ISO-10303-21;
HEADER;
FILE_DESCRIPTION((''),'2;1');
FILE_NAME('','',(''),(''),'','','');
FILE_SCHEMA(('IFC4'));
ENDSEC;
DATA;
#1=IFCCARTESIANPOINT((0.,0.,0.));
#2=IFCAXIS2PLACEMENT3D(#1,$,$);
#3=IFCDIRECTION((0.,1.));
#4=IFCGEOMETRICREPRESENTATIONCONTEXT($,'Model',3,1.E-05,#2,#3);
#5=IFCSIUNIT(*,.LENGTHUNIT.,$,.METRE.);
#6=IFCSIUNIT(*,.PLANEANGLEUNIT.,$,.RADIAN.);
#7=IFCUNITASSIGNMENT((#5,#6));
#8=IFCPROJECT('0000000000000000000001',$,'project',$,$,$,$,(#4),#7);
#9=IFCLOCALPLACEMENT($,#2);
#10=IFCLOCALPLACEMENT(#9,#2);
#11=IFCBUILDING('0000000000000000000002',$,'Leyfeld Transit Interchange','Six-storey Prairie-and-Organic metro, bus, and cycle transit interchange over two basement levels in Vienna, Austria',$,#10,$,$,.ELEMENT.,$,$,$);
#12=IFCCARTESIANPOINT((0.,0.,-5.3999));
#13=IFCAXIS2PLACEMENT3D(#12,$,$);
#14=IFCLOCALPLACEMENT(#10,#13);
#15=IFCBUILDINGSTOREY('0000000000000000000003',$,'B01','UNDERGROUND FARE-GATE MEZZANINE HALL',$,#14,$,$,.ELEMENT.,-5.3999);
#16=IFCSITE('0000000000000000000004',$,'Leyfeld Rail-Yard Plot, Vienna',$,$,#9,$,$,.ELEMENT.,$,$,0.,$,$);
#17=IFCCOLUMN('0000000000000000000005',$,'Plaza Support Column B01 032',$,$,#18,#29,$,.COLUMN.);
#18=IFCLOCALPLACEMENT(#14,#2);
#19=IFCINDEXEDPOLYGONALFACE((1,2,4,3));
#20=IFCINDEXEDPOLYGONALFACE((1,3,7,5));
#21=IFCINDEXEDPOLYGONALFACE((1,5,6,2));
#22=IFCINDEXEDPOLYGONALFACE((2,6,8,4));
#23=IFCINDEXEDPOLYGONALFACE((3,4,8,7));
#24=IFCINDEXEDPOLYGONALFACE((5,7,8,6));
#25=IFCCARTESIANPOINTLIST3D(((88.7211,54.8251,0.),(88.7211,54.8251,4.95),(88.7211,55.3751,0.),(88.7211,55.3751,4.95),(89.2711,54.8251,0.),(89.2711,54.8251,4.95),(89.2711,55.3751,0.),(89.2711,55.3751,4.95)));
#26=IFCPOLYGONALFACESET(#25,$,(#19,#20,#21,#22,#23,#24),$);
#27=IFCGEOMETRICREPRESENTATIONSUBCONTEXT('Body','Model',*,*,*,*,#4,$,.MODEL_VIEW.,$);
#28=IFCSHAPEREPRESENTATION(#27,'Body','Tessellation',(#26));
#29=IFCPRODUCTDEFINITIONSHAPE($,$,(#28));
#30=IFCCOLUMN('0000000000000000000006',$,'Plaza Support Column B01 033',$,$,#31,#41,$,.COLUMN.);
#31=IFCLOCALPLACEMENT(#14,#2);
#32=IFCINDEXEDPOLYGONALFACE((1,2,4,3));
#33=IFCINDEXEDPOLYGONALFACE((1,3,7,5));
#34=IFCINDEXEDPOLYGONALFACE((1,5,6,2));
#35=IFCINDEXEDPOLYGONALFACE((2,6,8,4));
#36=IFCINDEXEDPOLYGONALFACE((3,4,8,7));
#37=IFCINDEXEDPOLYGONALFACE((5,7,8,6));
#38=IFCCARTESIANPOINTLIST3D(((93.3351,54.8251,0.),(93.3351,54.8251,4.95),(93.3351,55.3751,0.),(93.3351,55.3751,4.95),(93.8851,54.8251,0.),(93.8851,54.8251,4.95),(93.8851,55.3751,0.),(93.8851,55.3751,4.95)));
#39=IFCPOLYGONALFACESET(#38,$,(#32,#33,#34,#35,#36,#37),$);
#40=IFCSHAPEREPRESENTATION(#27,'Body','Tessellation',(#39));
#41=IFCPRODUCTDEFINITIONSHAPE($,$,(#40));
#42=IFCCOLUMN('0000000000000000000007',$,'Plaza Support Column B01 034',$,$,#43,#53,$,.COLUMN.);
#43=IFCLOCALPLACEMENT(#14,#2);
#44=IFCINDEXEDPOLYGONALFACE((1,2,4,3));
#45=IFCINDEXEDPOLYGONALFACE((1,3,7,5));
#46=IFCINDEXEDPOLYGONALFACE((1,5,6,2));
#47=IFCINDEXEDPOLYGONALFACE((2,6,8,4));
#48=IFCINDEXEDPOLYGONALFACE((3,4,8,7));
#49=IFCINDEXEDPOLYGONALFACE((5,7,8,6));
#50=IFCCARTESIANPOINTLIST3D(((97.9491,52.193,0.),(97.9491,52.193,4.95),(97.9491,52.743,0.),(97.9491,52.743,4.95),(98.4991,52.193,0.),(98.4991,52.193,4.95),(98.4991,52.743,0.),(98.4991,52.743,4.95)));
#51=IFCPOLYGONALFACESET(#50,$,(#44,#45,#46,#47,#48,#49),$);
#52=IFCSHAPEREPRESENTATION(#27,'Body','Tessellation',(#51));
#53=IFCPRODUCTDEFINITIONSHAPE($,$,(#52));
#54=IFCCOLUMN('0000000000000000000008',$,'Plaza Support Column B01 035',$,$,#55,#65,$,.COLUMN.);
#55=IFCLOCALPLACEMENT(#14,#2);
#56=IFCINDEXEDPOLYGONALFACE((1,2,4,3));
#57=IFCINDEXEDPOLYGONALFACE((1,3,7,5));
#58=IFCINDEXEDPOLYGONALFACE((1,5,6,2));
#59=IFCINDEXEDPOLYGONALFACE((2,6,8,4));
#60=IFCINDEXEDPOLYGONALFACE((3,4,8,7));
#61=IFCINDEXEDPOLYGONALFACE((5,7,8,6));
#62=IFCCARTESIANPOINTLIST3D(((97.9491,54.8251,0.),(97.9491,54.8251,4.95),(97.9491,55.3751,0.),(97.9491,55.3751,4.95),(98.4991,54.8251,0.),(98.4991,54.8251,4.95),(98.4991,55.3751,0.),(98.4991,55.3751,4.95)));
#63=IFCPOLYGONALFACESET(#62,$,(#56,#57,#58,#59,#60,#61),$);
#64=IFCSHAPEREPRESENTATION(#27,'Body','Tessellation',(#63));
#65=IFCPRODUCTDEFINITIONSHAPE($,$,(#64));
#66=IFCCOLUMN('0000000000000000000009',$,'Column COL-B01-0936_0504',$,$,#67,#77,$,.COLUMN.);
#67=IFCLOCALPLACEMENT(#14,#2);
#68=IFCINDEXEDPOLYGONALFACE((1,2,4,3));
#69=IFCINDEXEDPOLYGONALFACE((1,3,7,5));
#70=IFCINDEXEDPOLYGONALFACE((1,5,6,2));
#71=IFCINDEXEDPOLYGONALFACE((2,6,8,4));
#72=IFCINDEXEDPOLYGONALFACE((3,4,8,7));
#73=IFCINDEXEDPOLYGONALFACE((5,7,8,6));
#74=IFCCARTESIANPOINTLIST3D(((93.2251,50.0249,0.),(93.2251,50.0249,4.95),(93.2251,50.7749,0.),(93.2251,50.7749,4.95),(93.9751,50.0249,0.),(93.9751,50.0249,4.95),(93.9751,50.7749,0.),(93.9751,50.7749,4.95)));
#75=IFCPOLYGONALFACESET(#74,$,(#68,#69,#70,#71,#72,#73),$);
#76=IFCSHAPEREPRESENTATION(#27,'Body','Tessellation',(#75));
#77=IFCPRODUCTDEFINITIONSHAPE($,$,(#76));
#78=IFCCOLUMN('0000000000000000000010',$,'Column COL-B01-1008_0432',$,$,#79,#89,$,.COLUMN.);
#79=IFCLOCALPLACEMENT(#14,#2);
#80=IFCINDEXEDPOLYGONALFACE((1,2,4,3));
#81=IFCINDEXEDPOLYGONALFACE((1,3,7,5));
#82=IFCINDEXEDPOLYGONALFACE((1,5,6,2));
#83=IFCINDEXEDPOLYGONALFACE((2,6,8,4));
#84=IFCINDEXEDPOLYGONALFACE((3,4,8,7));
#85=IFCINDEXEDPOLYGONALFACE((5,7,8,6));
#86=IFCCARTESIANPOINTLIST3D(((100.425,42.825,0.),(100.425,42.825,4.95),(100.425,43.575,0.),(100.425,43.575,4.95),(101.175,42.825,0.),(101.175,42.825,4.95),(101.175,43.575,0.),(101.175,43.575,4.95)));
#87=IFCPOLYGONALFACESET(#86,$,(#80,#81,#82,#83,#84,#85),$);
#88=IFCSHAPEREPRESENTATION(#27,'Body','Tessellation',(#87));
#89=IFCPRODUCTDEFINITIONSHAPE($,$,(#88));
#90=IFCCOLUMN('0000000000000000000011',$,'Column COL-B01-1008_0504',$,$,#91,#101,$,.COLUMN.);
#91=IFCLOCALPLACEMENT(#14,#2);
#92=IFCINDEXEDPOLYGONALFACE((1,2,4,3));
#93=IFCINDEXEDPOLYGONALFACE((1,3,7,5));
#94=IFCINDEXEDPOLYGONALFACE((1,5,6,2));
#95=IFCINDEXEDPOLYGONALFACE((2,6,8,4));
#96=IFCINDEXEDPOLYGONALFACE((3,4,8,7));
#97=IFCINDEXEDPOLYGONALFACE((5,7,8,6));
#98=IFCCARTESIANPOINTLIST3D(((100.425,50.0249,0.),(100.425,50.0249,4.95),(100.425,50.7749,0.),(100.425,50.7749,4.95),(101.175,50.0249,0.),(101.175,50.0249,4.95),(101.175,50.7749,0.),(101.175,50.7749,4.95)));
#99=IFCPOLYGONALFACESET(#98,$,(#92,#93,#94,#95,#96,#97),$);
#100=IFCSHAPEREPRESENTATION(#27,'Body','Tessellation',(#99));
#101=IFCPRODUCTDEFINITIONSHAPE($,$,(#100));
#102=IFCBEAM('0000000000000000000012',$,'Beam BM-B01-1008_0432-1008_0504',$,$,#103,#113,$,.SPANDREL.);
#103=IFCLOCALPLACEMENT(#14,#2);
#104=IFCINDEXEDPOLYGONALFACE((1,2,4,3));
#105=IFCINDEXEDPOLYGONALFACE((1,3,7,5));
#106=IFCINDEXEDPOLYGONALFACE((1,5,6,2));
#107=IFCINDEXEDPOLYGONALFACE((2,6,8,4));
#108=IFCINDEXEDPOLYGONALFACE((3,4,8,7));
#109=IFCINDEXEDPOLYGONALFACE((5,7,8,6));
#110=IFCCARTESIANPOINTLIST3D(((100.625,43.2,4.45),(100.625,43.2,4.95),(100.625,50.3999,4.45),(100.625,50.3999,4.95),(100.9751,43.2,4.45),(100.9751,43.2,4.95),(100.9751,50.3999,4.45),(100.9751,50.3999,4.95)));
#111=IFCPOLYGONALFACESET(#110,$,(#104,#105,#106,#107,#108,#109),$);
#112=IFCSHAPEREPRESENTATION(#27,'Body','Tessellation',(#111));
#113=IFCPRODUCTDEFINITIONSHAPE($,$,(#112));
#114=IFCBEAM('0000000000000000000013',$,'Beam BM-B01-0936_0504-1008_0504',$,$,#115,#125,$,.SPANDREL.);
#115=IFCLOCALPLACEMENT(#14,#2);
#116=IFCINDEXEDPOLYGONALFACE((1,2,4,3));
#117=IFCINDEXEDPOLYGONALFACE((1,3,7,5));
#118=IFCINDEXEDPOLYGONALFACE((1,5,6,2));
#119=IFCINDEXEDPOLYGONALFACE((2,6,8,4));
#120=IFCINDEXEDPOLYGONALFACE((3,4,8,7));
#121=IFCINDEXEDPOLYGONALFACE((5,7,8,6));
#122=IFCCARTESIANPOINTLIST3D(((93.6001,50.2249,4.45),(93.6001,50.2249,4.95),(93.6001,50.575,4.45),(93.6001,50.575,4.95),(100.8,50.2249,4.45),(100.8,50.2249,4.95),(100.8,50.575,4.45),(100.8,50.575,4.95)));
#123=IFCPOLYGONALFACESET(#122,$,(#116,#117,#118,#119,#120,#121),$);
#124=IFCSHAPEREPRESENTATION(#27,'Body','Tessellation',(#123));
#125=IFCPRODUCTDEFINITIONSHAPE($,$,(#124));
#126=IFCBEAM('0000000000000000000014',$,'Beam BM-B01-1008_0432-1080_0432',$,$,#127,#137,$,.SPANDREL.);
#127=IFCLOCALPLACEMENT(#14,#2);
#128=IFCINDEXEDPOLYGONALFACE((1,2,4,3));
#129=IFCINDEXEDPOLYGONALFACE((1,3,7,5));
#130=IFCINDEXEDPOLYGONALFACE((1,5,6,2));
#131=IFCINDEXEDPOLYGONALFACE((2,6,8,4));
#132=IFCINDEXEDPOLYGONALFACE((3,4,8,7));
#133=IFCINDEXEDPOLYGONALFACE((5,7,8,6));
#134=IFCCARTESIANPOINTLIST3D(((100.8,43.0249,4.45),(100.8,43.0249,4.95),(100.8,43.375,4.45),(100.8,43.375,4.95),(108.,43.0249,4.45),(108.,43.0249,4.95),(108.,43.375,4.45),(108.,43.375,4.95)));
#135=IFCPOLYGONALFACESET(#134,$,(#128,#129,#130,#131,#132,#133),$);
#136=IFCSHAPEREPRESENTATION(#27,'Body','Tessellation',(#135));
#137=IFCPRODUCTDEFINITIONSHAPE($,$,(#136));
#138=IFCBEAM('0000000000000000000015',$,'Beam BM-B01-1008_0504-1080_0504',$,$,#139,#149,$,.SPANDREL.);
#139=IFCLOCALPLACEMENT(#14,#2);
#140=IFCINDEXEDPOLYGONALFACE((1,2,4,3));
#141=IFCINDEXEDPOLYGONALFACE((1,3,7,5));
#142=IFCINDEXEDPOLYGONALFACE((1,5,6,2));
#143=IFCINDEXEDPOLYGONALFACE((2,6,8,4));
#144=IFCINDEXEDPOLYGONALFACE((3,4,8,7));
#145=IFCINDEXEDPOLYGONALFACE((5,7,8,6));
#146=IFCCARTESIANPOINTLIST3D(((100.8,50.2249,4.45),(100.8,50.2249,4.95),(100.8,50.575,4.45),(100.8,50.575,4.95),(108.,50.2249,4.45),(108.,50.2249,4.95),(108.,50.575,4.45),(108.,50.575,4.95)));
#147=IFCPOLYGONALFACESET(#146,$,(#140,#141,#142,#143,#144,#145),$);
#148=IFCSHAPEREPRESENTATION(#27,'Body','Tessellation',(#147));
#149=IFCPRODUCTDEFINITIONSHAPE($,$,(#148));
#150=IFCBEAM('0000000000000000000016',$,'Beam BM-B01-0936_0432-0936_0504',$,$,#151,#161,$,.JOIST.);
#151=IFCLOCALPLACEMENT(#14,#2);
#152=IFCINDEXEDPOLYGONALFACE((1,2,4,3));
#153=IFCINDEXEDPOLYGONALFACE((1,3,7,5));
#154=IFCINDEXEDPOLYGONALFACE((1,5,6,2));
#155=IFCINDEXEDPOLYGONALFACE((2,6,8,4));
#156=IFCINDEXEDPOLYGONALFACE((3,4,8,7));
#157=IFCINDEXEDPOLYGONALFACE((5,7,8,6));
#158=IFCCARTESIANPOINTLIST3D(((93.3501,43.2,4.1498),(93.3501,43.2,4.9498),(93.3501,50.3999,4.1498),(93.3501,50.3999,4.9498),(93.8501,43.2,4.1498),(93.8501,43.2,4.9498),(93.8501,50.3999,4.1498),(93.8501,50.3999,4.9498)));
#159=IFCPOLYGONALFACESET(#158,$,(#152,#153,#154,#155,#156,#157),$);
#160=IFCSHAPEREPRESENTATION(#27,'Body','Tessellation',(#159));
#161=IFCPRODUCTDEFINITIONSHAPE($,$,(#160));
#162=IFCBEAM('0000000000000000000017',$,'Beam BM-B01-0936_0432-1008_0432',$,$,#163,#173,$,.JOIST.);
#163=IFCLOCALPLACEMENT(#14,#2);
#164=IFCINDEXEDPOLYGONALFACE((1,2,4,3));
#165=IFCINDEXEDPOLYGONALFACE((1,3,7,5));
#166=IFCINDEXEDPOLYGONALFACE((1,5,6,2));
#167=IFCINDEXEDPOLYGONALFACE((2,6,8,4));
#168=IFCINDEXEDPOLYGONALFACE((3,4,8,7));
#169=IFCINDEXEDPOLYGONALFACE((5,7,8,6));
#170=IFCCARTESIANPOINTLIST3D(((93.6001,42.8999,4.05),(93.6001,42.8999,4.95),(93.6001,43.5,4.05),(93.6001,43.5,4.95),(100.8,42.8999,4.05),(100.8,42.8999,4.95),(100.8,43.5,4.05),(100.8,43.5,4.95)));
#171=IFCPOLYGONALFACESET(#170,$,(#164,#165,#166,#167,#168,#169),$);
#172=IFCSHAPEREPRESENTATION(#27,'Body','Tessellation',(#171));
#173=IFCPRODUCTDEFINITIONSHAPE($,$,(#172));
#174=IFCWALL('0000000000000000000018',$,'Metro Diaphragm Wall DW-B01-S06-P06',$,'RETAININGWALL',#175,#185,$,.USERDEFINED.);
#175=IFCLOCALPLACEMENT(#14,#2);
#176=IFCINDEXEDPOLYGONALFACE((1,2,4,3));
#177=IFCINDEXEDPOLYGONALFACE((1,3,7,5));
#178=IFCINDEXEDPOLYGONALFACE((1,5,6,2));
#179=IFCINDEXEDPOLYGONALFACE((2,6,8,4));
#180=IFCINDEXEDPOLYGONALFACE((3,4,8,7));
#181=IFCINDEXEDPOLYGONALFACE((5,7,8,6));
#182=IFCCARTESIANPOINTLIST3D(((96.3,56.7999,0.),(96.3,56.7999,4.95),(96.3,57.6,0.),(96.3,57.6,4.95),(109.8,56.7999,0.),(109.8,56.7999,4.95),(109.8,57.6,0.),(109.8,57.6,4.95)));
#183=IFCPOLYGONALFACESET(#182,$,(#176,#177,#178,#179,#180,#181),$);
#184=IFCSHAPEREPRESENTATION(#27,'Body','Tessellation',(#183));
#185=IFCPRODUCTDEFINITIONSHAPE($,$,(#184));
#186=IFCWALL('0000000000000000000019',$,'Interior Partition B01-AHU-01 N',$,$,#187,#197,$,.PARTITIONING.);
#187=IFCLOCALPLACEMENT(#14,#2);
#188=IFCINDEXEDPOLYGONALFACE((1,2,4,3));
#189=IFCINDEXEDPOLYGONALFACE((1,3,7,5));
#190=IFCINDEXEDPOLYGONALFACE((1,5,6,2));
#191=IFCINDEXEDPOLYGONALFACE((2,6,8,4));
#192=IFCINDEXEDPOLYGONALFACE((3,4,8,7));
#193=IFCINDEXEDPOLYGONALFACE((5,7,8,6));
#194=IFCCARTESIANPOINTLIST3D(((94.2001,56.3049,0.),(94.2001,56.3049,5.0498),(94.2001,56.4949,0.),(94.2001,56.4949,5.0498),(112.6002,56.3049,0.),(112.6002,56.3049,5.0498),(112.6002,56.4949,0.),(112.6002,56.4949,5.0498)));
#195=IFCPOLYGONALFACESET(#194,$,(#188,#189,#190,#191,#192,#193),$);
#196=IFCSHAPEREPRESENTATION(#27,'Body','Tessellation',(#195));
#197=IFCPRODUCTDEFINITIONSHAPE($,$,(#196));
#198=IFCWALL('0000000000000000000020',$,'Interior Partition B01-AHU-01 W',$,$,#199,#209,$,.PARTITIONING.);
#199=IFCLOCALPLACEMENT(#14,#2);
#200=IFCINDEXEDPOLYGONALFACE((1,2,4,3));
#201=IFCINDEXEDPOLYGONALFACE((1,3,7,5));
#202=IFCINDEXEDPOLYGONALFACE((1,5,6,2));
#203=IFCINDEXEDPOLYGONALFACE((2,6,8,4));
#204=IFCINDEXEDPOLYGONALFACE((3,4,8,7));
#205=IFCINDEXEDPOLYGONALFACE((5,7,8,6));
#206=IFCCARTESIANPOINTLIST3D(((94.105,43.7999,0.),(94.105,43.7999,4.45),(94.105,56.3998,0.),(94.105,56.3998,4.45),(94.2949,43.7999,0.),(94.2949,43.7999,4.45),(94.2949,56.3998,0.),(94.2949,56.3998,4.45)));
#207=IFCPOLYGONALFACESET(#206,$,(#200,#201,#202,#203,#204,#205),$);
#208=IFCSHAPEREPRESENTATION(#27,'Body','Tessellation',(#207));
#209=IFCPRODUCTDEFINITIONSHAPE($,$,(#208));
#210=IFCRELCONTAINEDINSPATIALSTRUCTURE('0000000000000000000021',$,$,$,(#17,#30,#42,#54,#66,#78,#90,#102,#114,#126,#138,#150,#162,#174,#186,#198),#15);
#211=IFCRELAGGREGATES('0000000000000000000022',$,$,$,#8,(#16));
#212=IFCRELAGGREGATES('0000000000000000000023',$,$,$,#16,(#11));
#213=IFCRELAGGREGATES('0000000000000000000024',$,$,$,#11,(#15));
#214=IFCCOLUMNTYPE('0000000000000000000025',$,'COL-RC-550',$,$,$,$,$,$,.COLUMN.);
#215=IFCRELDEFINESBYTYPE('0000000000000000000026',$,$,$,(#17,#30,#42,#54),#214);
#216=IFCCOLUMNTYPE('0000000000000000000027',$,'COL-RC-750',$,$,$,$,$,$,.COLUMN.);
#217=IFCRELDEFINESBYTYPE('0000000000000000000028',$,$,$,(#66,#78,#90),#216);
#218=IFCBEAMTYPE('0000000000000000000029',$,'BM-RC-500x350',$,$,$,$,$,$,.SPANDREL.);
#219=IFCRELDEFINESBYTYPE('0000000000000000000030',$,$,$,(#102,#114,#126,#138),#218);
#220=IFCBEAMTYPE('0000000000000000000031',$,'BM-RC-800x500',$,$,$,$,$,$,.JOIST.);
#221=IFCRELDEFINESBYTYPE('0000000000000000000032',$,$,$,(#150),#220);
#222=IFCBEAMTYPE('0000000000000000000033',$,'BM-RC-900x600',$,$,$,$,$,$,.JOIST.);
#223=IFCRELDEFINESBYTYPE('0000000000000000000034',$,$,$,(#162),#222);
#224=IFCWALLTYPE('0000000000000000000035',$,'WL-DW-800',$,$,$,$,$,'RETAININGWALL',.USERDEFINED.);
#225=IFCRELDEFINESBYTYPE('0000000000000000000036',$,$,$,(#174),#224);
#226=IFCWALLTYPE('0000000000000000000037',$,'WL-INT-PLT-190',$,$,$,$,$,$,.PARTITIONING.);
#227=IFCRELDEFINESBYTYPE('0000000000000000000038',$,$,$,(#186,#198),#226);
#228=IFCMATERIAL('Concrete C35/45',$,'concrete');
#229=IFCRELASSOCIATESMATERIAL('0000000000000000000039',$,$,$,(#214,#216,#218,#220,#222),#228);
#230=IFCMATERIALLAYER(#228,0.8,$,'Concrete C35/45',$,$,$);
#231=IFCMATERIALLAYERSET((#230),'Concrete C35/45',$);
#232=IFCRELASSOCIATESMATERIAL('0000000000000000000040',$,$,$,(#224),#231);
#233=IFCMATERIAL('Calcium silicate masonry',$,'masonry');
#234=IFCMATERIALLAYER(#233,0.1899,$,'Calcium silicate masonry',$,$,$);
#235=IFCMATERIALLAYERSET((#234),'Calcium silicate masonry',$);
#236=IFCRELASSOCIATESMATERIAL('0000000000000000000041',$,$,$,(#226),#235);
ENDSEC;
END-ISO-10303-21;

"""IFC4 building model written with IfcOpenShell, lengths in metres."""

from ifc_helpers import new_model, si_unit, direction, frame, frame_2d, origin, origin_2d, place, context, subcontext, project, spatial, rectangle, extrude, material, layer, layer_set, material_profile, profile_set, type_object, element, save


model = new_model("IFC4")

# Units and contexts
model_context = context("Model", 3, precision=1e-05, world=origin(), true_north=direction((0.0, 1.0)))
body_context = subcontext(model_context, "Body", "Model", "MODEL_VIEW")
ifc_project = project(units=[si_unit("LENGTHUNIT", "METRE"), si_unit("PLANEANGLEUNIT", "RADIAN")], contexts=[model_context])

# Site, building, storey
site_placement = place(None, origin())
site = spatial("IfcSite", under=ifc_project, at=site_placement, Name="Leyfeld Rail-Yard Plot, Vienna", CompositionType="ELEMENT", RefElevation=0.0)
building_placement = place(site_placement, origin())
building = spatial("IfcBuilding", under=site, at=building_placement, Name="Leyfeld Transit Interchange", Description="Six-storey Prairie-and-Organic metro, bus, and cycle transit interchange over two basement levels in Vienna, Austria", CompositionType="ELEMENT")
storey_placement = place(building_placement, frame((0.0, 0.0, -5.3999)))
storey = spatial("IfcBuildingStorey", under=building, at=storey_placement, Name="B01", Description="UNDERGROUND FARE-GATE MEZZANINE HALL", CompositionType="ELEMENT", Elevation=-5.3999)

# Columns
ifc_material_1 = material(Name="Concrete C35/45", Category="concrete")
ifc_material_profile_1 = material_profile(ifc_material_1, rectangle(XDim=0.55, YDim=0.55, at=origin_2d()), Name="RC 550x550")
ifc_profile_set_1 = profile_set([ifc_material_profile_1], Name="Concrete C35/45")
column_type_1 = type_object("IfcColumnType", Name="COL-RC-550", PredefinedType="COLUMN", material=ifc_profile_set_1)
for number, where, z_axis, x_axis, name in (
    (1, (88.9961, 55.1001, 0.0), (0.0, 0.0, 1.0), (1.0, 0.0, 0.0), "Plaza Support Column B01 032"),
    (2, (93.6101, 55.1001, 0.0), (0.0, 0.0, 1.0), (1.0, 0.0, 0.0), "Plaza Support Column B01 033"),
    (3, (98.2241, 52.468, 0.0), (0.0, 0.0, 1.0), (1.0, 0.0, 0.0), "Plaza Support Column B01 034"),
    (4, (98.2241, 55.1001, 0.0), (0.0, 0.0, 1.0), (1.0, 0.0, 0.0), "Plaza Support Column B01 035"),
):
    element("IfcColumn", number, at=place(storey_placement, frame(where, z_axis=z_axis, x_axis=x_axis)), inside=storey, type_object=column_type_1, Name=name, PredefinedType="COLUMN", context=body_context, shape_type="SweptSolid", body=[
        extrude(rectangle(XDim=0.55, YDim=0.55, at=origin_2d()), origin(), (0.0, 0.0, 1.0), 4.95),
    ])
ifc_material_profile_2 = material_profile(ifc_material_1, rectangle(XDim=0.75, YDim=0.75, at=origin_2d()), Name="RC 750x750")
ifc_profile_set_2 = profile_set([ifc_material_profile_2], Name="Concrete C35/45")
column_type_2 = type_object("IfcColumnType", Name="COL-RC-750", PredefinedType="COLUMN", material=ifc_profile_set_2)
for number, where, z_axis, x_axis, name in (
    (5, (93.6001, 50.3999, 0.0), (0.0, 0.0, 1.0), (1.0, 0.0, 0.0), "Column COL-B01-0936_0504"),
    (6, (100.8, 43.2, 0.0), (0.0, 0.0, 1.0), (1.0, 0.0, 0.0), "Column COL-B01-1008_0432"),
    (7, (100.8, 50.3999, 0.0), (0.0, 0.0, 1.0), (1.0, 0.0, 0.0), "Column COL-B01-1008_0504"),
):
    element("IfcColumn", number, at=place(storey_placement, frame(where, z_axis=z_axis, x_axis=x_axis)), inside=storey, type_object=column_type_2, Name=name, PredefinedType="COLUMN", context=body_context, shape_type="SweptSolid", body=[
        extrude(rectangle(XDim=0.75, YDim=0.75, at=origin_2d()), origin(), (0.0, 0.0, 1.0), 4.95),
    ])

# Beams
ifc_material_profile_3 = material_profile(ifc_material_1, rectangle(XDim=0.3501, YDim=0.5, at=origin_2d()), Name="RC 500x350")
ifc_profile_set_3 = profile_set([ifc_material_profile_3], Name="Concrete C35/45")
beam_type_1 = type_object("IfcBeamType", Name="BM-RC-500x350", PredefinedType="SPANDREL", material=ifc_profile_set_3)
for number, where, z_axis, x_axis, name in (
    (8, (100.8, 43.2, 4.7), (0.0, 1.0, 0.0), (-1.0, 0.0, 0.0), "Beam BM-B01-1008_0432-1008_0504"),
    (9, (93.6001, 50.3999, 4.7), (1.0, 0.0, 0.0), (0.0, 1.0, 0.0), "Beam BM-B01-0936_0504-1008_0504"),
    (10, (100.8, 43.2, 4.7), (1.0, 0.0, 0.0), (0.0, 1.0, 0.0), "Beam BM-B01-1008_0432-1080_0432"),
    (11, (100.8, 50.3999, 4.7), (1.0, 0.0, 0.0), (0.0, 1.0, 0.0), "Beam BM-B01-1008_0504-1080_0504"),
):
    element("IfcBeam", number, at=place(storey_placement, frame(where, z_axis=z_axis, x_axis=x_axis)), inside=storey, type_object=beam_type_1, Name=name, PredefinedType="SPANDREL", context=body_context, shape_type="SweptSolid", body=[
        extrude(rectangle(XDim=0.3501, YDim=0.5, at=origin_2d()), origin(), (0.0, 0.0, 1.0), 7.2),
    ])
ifc_material_profile_4 = material_profile(ifc_material_1, rectangle(XDim=0.5, YDim=0.8, at=origin_2d()), Name="RC 800x500")
ifc_profile_set_4 = profile_set([ifc_material_profile_4], Name="Concrete C35/45")
beam_type_2 = type_object("IfcBeamType", Name="BM-RC-800x500", PredefinedType="JOIST", material=ifc_profile_set_4)
beam_1_placement = place(storey_placement, frame((93.6001, 43.2, 4.5498), z_axis=(0.0, 1.0, 0.0), x_axis=(-1.0, 0.0, 0.0)))
element("IfcBeam", 12, at=beam_1_placement, inside=storey, type_object=beam_type_2, Name="Beam BM-B01-0936_0432-0936_0504", PredefinedType="JOIST", context=body_context, shape_type="SweptSolid", body=[
    extrude(rectangle(XDim=0.5, YDim=0.8, at=origin_2d()), origin(), (0.0, 0.0, 1.0), 7.2),
])
ifc_material_profile_5 = material_profile(ifc_material_1, rectangle(XDim=0.6001, YDim=0.8999, at=origin_2d()), Name="RC 900x600")
ifc_profile_set_5 = profile_set([ifc_material_profile_5], Name="Concrete C35/45")
beam_type_3 = type_object("IfcBeamType", Name="BM-RC-900x600", PredefinedType="JOIST", material=ifc_profile_set_5)
beam_2_placement = place(storey_placement, frame((93.6001, 43.2, 4.5), z_axis=(1.0, 0.0, 0.0), x_axis=(0.0, 1.0, 0.0)))
element("IfcBeam", 13, at=beam_2_placement, inside=storey, type_object=beam_type_3, Name="Beam BM-B01-0936_0432-1008_0432", PredefinedType="JOIST", context=body_context, shape_type="SweptSolid", body=[
    extrude(rectangle(XDim=0.6001, YDim=0.8999, at=origin_2d()), origin(), (0.0, 0.0, 1.0), 7.2),
])

# Walls
ifc_layer_1 = layer(ifc_material_1, 0.8, Name="Concrete C35/45")
ifc_layer_set_1 = layer_set([ifc_layer_1], Name="Concrete C35/45")
wall_type_1 = type_object("IfcWallType", Name="WL-DW-800", ElementType="RETAININGWALL", PredefinedType="USERDEFINED", material=ifc_layer_set_1)
wall_1_placement = place(storey_placement, frame((96.3, 57.2, 0.0), z_axis=(0.0, 0.0, 1.0), x_axis=(1.0, 0.0, 0.0)))
element("IfcWall", 14, at=wall_1_placement, inside=storey, type_object=wall_type_1, Name="Metro Diaphragm Wall DW-B01-S06-P06", ObjectType="RETAININGWALL", PredefinedType="USERDEFINED", context=body_context, shape_type="SweptSolid", body=[
    extrude(rectangle(XDim=13.5, YDim=0.8, at=frame_2d((6.75, 0.0))), origin(), (0.0, 0.0, 1.0), 4.95),
])
ifc_material_2 = material(Name="Calcium silicate masonry", Category="masonry")
ifc_layer_2 = layer(ifc_material_2, 0.1899, Name="Calcium silicate masonry")
ifc_layer_set_2 = layer_set([ifc_layer_2], Name="Calcium silicate masonry")
wall_type_2 = type_object("IfcWallType", Name="WL-INT-PLT-190", PredefinedType="PARTITIONING", material=ifc_layer_set_2)
wall_2_placement = place(storey_placement, frame((94.2, 56.3999, 0.0), z_axis=(0.0, 0.0, 1.0), x_axis=(1.0, 0.0, 0.0)))
element("IfcWall", 15, at=wall_2_placement, inside=storey, type_object=wall_type_2, Name="Interior Partition B01-AHU-01 N", PredefinedType="PARTITIONING", context=body_context, shape_type="SweptSolid", body=[
    extrude(rectangle(XDim=18.4001, YDim=0.1899, at=frame_2d((9.2002, 0.0))), origin(), (0.0, 0.0, 1.0), 5.0498),
])
wall_3_placement = place(storey_placement, frame((94.2, 43.8, 0.0), z_axis=(0.0, 0.0, 1.0), x_axis=(0.0, 1.0, 0.0)))
element("IfcWall", 16, at=wall_3_placement, inside=storey, type_object=wall_type_2, Name="Interior Partition B01-AHU-01 W", PredefinedType="PARTITIONING", context=body_context, shape_type="SweptSolid", body=[
    extrude(rectangle(XDim=12.5999, YDim=0.1899, at=frame_2d((6.2998, 0.0))), origin(), (0.0, 0.0, 1.0), 4.45),
])

save(model, "model.ifc")
